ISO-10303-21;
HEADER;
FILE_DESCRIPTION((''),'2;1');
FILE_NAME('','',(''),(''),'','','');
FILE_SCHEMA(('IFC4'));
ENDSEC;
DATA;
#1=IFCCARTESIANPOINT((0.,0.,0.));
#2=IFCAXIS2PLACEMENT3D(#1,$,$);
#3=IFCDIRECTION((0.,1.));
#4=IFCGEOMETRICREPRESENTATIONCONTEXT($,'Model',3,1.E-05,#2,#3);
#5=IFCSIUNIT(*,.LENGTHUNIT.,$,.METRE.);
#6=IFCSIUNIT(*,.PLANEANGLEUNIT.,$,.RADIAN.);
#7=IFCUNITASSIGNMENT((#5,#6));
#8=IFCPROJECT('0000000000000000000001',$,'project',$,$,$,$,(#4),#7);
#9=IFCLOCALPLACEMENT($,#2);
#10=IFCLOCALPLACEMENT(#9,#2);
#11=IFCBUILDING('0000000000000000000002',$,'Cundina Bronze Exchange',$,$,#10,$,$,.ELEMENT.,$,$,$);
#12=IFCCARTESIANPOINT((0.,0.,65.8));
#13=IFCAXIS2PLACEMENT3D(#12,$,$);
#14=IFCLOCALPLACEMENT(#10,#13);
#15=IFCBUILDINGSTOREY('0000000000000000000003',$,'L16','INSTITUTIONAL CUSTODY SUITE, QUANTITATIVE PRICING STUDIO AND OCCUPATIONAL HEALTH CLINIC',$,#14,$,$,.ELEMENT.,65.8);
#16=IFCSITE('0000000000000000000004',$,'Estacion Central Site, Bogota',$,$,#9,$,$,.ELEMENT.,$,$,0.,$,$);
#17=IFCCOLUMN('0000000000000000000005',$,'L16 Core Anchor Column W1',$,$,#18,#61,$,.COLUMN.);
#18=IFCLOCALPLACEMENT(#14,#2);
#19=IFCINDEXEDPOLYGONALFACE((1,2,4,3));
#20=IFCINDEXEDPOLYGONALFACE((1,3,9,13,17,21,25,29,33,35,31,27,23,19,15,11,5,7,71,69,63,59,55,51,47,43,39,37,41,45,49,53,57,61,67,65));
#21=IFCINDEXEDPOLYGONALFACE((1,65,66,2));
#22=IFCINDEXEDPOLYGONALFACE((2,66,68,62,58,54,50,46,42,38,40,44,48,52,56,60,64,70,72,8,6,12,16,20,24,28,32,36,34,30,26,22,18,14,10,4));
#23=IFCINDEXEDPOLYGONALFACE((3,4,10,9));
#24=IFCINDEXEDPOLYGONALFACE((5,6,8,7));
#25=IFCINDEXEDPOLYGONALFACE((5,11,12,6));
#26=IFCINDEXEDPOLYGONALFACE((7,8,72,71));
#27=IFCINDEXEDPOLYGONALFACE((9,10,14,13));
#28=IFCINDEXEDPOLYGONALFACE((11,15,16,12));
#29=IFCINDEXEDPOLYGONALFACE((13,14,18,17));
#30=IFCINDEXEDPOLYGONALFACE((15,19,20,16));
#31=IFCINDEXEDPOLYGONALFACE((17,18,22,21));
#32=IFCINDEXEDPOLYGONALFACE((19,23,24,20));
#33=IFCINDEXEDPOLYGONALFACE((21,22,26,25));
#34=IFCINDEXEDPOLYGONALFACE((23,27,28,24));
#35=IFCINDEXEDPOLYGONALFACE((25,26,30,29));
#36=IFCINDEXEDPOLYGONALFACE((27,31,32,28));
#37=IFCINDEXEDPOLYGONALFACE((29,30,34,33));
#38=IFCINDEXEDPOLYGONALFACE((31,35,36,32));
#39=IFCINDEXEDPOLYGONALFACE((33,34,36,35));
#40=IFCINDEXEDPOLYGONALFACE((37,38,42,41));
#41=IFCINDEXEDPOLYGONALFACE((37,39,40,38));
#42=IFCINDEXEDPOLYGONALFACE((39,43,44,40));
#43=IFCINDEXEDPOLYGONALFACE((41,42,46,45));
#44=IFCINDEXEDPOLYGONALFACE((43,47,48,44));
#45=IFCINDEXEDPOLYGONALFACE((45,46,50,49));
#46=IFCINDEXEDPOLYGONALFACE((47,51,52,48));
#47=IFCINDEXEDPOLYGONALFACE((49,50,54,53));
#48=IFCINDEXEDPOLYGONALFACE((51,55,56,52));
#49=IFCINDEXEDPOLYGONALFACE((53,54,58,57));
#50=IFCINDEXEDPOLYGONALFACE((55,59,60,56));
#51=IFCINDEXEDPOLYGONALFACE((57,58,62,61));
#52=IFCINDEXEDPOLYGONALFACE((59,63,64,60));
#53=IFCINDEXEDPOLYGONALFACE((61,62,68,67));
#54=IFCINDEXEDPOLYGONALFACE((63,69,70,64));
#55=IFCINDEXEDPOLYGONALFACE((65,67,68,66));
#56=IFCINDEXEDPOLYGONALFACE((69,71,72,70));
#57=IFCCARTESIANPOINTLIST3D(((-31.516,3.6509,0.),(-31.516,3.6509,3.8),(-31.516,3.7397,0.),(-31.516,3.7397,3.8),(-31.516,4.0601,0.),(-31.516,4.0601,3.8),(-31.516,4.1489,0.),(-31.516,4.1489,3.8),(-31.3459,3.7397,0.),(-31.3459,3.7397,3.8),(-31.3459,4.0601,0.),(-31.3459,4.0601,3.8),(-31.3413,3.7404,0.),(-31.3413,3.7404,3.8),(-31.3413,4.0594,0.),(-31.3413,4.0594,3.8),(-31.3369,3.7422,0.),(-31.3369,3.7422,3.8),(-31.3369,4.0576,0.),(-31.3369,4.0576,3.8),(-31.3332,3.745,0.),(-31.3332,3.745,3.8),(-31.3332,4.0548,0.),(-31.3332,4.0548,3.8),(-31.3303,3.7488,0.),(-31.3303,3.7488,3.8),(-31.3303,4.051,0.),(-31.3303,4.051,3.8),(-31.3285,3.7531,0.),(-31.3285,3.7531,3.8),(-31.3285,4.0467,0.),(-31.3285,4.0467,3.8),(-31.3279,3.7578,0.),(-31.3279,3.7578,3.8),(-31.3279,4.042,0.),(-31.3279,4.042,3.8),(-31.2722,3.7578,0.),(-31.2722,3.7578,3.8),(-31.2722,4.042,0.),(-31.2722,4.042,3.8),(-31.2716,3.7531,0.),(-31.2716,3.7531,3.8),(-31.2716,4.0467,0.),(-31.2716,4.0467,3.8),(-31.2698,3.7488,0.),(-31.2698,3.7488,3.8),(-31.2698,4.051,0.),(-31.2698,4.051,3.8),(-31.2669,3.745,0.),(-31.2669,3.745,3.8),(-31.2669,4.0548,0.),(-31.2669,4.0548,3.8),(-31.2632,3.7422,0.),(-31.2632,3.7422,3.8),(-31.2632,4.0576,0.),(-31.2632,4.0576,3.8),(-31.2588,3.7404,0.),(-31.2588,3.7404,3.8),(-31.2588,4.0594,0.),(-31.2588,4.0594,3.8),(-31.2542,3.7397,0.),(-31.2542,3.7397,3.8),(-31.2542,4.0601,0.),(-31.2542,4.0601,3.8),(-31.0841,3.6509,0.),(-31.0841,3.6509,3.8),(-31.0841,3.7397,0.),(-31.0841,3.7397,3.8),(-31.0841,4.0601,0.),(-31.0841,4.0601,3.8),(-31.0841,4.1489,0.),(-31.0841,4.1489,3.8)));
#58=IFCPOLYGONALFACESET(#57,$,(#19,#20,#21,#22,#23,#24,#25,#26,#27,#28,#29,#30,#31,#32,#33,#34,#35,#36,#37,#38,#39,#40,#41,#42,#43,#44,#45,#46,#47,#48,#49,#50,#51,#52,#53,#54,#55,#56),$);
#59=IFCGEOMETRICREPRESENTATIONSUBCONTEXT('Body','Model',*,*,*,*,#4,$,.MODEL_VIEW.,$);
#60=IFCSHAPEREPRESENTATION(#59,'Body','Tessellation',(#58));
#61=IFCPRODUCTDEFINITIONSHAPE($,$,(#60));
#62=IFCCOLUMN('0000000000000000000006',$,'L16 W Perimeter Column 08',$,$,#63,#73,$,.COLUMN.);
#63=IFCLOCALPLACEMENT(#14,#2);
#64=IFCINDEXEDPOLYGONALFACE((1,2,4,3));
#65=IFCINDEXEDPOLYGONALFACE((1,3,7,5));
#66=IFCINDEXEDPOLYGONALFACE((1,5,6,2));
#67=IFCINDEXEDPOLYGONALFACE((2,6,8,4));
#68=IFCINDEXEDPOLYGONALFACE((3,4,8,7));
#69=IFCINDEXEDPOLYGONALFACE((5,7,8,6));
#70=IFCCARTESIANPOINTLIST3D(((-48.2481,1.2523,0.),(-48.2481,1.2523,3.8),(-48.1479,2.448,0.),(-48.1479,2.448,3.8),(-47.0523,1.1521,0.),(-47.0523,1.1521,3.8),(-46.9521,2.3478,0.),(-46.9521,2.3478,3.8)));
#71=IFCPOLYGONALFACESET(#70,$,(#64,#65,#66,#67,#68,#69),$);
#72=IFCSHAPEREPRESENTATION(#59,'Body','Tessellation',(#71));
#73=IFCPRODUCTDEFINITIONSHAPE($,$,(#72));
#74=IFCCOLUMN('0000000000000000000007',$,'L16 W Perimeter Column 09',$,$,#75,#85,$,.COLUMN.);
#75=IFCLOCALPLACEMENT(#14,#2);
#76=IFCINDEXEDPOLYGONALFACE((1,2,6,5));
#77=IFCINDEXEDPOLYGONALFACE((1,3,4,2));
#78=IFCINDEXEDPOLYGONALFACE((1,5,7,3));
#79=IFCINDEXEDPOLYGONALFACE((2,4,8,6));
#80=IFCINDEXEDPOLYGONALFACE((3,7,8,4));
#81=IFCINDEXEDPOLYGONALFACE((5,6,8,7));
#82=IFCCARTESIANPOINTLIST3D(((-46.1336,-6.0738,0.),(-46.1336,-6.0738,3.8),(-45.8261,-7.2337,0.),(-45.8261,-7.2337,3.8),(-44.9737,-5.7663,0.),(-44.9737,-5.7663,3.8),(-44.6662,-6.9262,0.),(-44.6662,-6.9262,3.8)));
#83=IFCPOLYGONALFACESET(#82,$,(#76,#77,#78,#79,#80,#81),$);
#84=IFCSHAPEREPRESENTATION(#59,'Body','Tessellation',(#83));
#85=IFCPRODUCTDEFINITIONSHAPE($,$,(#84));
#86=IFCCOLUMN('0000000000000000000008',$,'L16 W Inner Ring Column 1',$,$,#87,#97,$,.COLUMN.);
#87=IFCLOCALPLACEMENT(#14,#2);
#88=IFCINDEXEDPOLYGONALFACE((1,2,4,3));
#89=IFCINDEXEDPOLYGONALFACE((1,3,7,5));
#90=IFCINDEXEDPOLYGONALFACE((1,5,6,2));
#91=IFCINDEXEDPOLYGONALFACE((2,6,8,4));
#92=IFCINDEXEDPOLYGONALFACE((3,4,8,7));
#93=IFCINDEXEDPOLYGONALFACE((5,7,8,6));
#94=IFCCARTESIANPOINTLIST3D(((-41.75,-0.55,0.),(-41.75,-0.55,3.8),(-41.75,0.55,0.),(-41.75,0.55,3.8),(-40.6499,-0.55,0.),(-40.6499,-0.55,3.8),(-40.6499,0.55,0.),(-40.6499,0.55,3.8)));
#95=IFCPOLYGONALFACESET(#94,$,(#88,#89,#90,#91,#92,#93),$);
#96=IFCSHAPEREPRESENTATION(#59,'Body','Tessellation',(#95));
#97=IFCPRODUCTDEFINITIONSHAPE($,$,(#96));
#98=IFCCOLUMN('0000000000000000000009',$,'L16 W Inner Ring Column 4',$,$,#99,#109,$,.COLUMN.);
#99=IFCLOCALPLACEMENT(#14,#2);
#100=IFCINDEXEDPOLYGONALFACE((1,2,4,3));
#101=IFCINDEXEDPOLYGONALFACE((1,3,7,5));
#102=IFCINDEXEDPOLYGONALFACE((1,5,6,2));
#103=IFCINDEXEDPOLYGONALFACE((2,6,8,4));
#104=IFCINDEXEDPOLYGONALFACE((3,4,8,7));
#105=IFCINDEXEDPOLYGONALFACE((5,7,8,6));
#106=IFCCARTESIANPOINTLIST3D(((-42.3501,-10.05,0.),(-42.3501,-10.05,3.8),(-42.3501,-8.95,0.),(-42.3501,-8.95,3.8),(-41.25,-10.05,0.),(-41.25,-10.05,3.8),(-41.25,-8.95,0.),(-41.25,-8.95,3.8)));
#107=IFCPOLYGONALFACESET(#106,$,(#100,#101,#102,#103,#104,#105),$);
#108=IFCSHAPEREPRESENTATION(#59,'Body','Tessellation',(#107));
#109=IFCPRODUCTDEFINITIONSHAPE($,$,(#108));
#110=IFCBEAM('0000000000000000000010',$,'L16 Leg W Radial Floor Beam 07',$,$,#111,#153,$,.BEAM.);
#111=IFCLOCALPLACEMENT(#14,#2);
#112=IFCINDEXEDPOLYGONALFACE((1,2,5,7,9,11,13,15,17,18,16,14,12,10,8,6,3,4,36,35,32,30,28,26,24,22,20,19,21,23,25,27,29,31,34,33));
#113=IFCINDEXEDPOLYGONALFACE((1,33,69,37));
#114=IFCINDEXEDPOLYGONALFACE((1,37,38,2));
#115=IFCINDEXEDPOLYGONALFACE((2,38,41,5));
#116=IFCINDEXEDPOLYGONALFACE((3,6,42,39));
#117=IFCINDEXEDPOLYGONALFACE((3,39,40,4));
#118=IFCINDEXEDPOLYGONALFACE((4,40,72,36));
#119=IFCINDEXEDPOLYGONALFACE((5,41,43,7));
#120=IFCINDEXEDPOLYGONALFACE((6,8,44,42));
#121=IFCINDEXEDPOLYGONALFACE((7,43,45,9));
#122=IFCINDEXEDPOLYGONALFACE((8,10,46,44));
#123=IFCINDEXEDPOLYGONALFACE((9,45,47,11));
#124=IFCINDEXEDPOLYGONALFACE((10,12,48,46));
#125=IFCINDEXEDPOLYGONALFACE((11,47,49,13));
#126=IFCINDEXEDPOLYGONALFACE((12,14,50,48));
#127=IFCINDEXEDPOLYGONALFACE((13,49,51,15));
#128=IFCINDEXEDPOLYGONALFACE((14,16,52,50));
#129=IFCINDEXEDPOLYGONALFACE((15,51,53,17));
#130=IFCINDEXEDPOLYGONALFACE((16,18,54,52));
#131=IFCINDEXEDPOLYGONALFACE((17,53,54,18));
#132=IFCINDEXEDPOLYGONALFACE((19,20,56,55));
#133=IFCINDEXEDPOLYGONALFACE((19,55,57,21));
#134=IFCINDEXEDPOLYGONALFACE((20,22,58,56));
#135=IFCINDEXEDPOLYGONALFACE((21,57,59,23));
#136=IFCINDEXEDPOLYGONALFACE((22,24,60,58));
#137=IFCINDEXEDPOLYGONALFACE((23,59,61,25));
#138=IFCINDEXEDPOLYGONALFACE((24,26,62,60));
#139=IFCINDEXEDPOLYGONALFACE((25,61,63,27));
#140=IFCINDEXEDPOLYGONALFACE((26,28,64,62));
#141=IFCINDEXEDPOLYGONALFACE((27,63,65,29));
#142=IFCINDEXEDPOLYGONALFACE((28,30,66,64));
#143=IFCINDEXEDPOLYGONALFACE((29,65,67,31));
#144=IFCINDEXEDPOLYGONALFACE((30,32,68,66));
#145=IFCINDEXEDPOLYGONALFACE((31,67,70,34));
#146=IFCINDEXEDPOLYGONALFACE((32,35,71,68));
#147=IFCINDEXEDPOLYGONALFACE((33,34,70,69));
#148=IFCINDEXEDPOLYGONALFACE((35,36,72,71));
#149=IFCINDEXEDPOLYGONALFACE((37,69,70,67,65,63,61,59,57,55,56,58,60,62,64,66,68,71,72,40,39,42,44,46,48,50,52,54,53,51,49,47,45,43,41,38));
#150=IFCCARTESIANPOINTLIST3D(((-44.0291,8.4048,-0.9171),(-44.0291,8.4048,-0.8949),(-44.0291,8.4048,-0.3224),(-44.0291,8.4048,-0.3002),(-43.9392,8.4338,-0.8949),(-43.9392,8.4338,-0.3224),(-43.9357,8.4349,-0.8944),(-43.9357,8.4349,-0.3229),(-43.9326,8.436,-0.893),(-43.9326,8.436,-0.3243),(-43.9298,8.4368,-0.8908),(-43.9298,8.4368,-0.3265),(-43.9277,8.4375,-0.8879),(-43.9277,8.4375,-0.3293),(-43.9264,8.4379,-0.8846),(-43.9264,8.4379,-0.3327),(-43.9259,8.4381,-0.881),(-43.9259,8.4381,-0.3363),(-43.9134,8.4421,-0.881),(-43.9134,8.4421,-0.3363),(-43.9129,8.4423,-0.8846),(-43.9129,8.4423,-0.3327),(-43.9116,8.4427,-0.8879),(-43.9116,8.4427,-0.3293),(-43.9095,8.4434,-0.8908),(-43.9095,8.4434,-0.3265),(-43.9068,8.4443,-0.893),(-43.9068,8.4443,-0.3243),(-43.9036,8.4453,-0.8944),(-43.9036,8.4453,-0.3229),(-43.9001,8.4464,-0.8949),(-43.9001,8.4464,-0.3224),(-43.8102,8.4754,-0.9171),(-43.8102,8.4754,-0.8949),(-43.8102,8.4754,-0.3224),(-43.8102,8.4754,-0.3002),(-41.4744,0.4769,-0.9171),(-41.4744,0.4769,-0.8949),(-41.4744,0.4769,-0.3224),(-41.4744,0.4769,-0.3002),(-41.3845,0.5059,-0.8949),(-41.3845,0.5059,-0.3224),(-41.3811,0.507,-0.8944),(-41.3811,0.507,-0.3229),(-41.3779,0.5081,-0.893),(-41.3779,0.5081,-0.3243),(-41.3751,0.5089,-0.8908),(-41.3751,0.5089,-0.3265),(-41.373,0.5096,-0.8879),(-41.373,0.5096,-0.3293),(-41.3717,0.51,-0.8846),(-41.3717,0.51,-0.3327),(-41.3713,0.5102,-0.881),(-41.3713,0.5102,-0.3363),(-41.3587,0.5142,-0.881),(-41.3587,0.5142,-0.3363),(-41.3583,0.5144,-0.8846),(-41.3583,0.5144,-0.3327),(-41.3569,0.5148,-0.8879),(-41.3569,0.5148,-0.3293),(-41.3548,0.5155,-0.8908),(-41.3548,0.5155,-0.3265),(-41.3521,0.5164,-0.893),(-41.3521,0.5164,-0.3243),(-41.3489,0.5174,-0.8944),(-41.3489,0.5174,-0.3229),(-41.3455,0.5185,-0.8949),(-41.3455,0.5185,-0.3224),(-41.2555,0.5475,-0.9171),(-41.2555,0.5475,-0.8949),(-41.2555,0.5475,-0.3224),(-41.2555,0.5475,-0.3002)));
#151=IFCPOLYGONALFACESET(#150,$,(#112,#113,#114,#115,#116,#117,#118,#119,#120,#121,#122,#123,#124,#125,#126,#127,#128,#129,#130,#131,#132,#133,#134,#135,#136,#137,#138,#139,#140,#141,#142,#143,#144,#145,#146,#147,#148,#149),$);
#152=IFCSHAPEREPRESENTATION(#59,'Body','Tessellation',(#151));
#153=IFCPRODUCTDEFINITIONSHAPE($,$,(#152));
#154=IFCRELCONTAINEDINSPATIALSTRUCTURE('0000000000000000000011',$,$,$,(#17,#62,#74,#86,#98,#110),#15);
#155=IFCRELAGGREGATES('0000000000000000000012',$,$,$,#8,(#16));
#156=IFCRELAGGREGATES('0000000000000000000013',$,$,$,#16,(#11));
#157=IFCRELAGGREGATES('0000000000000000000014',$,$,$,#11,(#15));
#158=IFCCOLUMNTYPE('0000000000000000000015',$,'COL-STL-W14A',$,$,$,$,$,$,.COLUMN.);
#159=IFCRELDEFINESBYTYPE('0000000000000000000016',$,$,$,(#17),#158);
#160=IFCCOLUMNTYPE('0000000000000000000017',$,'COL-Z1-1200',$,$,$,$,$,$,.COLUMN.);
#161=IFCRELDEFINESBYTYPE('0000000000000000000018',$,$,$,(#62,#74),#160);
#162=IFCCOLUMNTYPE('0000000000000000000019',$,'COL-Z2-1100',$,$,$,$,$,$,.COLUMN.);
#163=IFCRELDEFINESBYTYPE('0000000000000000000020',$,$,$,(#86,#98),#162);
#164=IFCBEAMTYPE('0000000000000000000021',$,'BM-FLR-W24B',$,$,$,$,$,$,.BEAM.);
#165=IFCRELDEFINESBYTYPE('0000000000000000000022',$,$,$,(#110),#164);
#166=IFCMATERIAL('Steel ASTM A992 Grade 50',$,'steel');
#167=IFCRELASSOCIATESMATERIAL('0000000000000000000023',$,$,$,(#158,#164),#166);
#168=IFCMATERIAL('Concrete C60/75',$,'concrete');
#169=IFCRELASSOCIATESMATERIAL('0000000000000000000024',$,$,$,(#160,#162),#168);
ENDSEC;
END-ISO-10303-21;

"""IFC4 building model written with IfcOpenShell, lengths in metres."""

from ifc_helpers import new_model, si_unit, direction, frame, origin, origin_2d, place, context, subcontext, project, spatial, rectangle, i_section, extrude, material, material_profile, profile_set, type_object, element, save


model = new_model("IFC4")

# Units and contexts
model_context = context("Model", 3, precision=1e-05, world=origin(), true_north=direction((0.0, 1.0)))
body_context = subcontext(model_context, "Body", "Model", "MODEL_VIEW")
ifc_project = project(units=[si_unit("LENGTHUNIT", "METRE"), si_unit("PLANEANGLEUNIT", "RADIAN")], contexts=[model_context])

# Site, building, storey
site_placement = place(None, origin())
site = spatial("IfcSite", under=ifc_project, at=site_placement, Name="Estacion Central Site, Bogota", CompositionType="ELEMENT", RefElevation=0.0)
building_placement = place(site_placement, origin())
building = spatial("IfcBuilding", under=site, at=building_placement, Name="Cundina Bronze Exchange", CompositionType="ELEMENT")
storey_placement = place(building_placement, frame((0.0, 0.0, 65.8)))
storey = spatial("IfcBuildingStorey", under=building, at=storey_placement, Name="L16", Description="INSTITUTIONAL CUSTODY SUITE, QUANTITATIVE PRICING STUDIO AND OCCUPATIONAL HEALTH CLINIC", CompositionType="ELEMENT", Elevation=65.8)

# Columns
ifc_material_1 = material(Name="Steel ASTM A992 Grade 50", Category="steel")
ifc_material_profile_1 = material_profile(ifc_material_1, i_section(OverallWidth=0.4319, OverallDepth=0.498, WebThickness=0.0557, FlangeThickness=0.0889, FilletRadius=0.0181, at=origin_2d()), Name="W14X500", Category="steel")
ifc_profile_set_1 = profile_set([ifc_material_profile_1], Name="Steel ASTM A992 Grade 50")
column_type_1 = type_object("IfcColumnType", Name="COL-STL-W14A", PredefinedType="COLUMN", material=ifc_profile_set_1)
column_placement = place(storey_placement, frame((-31.3, 3.8999, 0.0), z_axis=(0.0, 0.0, 1.0), x_axis=(1.0, 0.0, 0.0)))
element("IfcColumn", 1, at=column_placement, inside=storey, type_object=column_type_1, Name="L16 Core Anchor Column W1", PredefinedType="COLUMN", context=body_context, shape_type="SweptSolid", body=[
    extrude(i_section(OverallWidth=0.4319, OverallDepth=0.498, WebThickness=0.0557, FlangeThickness=0.0889, FilletRadius=0.0181, at=origin_2d()), origin(), (0.0, 0.0, 1.0), 3.8),
])
ifc_material_2 = material(Name="Concrete C60/75", Category="concrete")
ifc_material_profile_2 = material_profile(ifc_material_2, rectangle(XDim=1.2, YDim=1.2, at=origin_2d()), Name="RC1200X1200", Category="concrete")
ifc_profile_set_2 = profile_set([ifc_material_profile_2], Name="Concrete C60/75")
column_type_2 = type_object("IfcColumnType", Name="COL-Z1-1200", PredefinedType="COLUMN", material=ifc_profile_set_2)
for number, where, z_axis, x_axis, name in (
    (2, (-47.6001, 1.8, 0.0), (0.0, 0.0, 1.0), (-0.083504, -0.996507, 0.0), "L16 W Perimeter Column 08"),
    (3, (-45.3999, -6.5, 0.0), (0.0, 0.0, 1.0), (0.256289, -0.9666, 0.0), "L16 W Perimeter Column 09"),
):
    element("IfcColumn", number, at=place(storey_placement, frame(where, z_axis=z_axis, x_axis=x_axis)), inside=storey, type_object=column_type_2, Name=name, PredefinedType="COLUMN", context=body_context, shape_type="SweptSolid", body=[
        extrude(rectangle(XDim=1.2, YDim=1.2, at=origin_2d()), origin(), (0.0, 0.0, 1.0), 3.8),
    ])
ifc_material_profile_3 = material_profile(ifc_material_2, rectangle(XDim=1.1001, YDim=1.1001, at=origin_2d()), Name="RC1100X1100", Category="concrete")
ifc_profile_set_3 = profile_set([ifc_material_profile_3], Name="Concrete C60/75")
column_type_3 = type_object("IfcColumnType", Name="COL-Z2-1100", PredefinedType="COLUMN", material=ifc_profile_set_3)
for number, where, z_axis, x_axis, name in (
    (4, (-41.2, 0.0, 0.0), (0.0, 0.0, 1.0), (1.0, 0.0, 0.0), "L16 W Inner Ring Column 1"),
    (5, (-41.8, -9.5, 0.0), (0.0, 0.0, 1.0), (1.0, 0.0, 0.0), "L16 W Inner Ring Column 4"),
):
    element("IfcColumn", number, at=place(storey_placement, frame(where, z_axis=z_axis, x_axis=x_axis)), inside=storey, type_object=column_type_3, Name=name, PredefinedType="COLUMN", context=body_context, shape_type="SweptSolid", body=[
        extrude(rectangle(XDim=1.1001, YDim=1.1001, at=origin_2d()), origin(), (0.0, 0.0, 1.0), 3.8),
    ])

# Beam
ifc_material_profile_4 = material_profile(ifc_material_1, i_section(OverallWidth=0.23, OverallDepth=0.6169, WebThickness=0.0132, FlangeThickness=0.0222, FilletRadius=0.0139, at=origin_2d()), Name="W24X94", Category="steel")
ifc_profile_set_4 = profile_set([ifc_material_profile_4], Name="Steel ASTM A992 Grade 50")
beam_type_1 = type_object("IfcBeamType", Name="BM-FLR-W24B", PredefinedType="BEAM", material=ifc_profile_set_4)
beam_1_placement = place(storey_placement, frame((-41.365, 0.5122, -0.6086), z_axis=(-0.306706, 0.951804, 0.0), x_axis=(-0.951804, -0.306706, 0.0)))
element("IfcBeam", 6, at=beam_1_placement, inside=storey, type_object=beam_type_1, Name="L16 Leg W Radial Floor Beam 07", PredefinedType="BEAM", context=body_context, shape_type="SweptSolid", body=[
    extrude(i_section(OverallWidth=0.23, OverallDepth=0.6169, WebThickness=0.0132, FlangeThickness=0.0222, FilletRadius=0.0139, at=origin_2d()), origin(), (0.0, 0.0, 1.0), 8.3293),
])

save(model, "model.ifc")
